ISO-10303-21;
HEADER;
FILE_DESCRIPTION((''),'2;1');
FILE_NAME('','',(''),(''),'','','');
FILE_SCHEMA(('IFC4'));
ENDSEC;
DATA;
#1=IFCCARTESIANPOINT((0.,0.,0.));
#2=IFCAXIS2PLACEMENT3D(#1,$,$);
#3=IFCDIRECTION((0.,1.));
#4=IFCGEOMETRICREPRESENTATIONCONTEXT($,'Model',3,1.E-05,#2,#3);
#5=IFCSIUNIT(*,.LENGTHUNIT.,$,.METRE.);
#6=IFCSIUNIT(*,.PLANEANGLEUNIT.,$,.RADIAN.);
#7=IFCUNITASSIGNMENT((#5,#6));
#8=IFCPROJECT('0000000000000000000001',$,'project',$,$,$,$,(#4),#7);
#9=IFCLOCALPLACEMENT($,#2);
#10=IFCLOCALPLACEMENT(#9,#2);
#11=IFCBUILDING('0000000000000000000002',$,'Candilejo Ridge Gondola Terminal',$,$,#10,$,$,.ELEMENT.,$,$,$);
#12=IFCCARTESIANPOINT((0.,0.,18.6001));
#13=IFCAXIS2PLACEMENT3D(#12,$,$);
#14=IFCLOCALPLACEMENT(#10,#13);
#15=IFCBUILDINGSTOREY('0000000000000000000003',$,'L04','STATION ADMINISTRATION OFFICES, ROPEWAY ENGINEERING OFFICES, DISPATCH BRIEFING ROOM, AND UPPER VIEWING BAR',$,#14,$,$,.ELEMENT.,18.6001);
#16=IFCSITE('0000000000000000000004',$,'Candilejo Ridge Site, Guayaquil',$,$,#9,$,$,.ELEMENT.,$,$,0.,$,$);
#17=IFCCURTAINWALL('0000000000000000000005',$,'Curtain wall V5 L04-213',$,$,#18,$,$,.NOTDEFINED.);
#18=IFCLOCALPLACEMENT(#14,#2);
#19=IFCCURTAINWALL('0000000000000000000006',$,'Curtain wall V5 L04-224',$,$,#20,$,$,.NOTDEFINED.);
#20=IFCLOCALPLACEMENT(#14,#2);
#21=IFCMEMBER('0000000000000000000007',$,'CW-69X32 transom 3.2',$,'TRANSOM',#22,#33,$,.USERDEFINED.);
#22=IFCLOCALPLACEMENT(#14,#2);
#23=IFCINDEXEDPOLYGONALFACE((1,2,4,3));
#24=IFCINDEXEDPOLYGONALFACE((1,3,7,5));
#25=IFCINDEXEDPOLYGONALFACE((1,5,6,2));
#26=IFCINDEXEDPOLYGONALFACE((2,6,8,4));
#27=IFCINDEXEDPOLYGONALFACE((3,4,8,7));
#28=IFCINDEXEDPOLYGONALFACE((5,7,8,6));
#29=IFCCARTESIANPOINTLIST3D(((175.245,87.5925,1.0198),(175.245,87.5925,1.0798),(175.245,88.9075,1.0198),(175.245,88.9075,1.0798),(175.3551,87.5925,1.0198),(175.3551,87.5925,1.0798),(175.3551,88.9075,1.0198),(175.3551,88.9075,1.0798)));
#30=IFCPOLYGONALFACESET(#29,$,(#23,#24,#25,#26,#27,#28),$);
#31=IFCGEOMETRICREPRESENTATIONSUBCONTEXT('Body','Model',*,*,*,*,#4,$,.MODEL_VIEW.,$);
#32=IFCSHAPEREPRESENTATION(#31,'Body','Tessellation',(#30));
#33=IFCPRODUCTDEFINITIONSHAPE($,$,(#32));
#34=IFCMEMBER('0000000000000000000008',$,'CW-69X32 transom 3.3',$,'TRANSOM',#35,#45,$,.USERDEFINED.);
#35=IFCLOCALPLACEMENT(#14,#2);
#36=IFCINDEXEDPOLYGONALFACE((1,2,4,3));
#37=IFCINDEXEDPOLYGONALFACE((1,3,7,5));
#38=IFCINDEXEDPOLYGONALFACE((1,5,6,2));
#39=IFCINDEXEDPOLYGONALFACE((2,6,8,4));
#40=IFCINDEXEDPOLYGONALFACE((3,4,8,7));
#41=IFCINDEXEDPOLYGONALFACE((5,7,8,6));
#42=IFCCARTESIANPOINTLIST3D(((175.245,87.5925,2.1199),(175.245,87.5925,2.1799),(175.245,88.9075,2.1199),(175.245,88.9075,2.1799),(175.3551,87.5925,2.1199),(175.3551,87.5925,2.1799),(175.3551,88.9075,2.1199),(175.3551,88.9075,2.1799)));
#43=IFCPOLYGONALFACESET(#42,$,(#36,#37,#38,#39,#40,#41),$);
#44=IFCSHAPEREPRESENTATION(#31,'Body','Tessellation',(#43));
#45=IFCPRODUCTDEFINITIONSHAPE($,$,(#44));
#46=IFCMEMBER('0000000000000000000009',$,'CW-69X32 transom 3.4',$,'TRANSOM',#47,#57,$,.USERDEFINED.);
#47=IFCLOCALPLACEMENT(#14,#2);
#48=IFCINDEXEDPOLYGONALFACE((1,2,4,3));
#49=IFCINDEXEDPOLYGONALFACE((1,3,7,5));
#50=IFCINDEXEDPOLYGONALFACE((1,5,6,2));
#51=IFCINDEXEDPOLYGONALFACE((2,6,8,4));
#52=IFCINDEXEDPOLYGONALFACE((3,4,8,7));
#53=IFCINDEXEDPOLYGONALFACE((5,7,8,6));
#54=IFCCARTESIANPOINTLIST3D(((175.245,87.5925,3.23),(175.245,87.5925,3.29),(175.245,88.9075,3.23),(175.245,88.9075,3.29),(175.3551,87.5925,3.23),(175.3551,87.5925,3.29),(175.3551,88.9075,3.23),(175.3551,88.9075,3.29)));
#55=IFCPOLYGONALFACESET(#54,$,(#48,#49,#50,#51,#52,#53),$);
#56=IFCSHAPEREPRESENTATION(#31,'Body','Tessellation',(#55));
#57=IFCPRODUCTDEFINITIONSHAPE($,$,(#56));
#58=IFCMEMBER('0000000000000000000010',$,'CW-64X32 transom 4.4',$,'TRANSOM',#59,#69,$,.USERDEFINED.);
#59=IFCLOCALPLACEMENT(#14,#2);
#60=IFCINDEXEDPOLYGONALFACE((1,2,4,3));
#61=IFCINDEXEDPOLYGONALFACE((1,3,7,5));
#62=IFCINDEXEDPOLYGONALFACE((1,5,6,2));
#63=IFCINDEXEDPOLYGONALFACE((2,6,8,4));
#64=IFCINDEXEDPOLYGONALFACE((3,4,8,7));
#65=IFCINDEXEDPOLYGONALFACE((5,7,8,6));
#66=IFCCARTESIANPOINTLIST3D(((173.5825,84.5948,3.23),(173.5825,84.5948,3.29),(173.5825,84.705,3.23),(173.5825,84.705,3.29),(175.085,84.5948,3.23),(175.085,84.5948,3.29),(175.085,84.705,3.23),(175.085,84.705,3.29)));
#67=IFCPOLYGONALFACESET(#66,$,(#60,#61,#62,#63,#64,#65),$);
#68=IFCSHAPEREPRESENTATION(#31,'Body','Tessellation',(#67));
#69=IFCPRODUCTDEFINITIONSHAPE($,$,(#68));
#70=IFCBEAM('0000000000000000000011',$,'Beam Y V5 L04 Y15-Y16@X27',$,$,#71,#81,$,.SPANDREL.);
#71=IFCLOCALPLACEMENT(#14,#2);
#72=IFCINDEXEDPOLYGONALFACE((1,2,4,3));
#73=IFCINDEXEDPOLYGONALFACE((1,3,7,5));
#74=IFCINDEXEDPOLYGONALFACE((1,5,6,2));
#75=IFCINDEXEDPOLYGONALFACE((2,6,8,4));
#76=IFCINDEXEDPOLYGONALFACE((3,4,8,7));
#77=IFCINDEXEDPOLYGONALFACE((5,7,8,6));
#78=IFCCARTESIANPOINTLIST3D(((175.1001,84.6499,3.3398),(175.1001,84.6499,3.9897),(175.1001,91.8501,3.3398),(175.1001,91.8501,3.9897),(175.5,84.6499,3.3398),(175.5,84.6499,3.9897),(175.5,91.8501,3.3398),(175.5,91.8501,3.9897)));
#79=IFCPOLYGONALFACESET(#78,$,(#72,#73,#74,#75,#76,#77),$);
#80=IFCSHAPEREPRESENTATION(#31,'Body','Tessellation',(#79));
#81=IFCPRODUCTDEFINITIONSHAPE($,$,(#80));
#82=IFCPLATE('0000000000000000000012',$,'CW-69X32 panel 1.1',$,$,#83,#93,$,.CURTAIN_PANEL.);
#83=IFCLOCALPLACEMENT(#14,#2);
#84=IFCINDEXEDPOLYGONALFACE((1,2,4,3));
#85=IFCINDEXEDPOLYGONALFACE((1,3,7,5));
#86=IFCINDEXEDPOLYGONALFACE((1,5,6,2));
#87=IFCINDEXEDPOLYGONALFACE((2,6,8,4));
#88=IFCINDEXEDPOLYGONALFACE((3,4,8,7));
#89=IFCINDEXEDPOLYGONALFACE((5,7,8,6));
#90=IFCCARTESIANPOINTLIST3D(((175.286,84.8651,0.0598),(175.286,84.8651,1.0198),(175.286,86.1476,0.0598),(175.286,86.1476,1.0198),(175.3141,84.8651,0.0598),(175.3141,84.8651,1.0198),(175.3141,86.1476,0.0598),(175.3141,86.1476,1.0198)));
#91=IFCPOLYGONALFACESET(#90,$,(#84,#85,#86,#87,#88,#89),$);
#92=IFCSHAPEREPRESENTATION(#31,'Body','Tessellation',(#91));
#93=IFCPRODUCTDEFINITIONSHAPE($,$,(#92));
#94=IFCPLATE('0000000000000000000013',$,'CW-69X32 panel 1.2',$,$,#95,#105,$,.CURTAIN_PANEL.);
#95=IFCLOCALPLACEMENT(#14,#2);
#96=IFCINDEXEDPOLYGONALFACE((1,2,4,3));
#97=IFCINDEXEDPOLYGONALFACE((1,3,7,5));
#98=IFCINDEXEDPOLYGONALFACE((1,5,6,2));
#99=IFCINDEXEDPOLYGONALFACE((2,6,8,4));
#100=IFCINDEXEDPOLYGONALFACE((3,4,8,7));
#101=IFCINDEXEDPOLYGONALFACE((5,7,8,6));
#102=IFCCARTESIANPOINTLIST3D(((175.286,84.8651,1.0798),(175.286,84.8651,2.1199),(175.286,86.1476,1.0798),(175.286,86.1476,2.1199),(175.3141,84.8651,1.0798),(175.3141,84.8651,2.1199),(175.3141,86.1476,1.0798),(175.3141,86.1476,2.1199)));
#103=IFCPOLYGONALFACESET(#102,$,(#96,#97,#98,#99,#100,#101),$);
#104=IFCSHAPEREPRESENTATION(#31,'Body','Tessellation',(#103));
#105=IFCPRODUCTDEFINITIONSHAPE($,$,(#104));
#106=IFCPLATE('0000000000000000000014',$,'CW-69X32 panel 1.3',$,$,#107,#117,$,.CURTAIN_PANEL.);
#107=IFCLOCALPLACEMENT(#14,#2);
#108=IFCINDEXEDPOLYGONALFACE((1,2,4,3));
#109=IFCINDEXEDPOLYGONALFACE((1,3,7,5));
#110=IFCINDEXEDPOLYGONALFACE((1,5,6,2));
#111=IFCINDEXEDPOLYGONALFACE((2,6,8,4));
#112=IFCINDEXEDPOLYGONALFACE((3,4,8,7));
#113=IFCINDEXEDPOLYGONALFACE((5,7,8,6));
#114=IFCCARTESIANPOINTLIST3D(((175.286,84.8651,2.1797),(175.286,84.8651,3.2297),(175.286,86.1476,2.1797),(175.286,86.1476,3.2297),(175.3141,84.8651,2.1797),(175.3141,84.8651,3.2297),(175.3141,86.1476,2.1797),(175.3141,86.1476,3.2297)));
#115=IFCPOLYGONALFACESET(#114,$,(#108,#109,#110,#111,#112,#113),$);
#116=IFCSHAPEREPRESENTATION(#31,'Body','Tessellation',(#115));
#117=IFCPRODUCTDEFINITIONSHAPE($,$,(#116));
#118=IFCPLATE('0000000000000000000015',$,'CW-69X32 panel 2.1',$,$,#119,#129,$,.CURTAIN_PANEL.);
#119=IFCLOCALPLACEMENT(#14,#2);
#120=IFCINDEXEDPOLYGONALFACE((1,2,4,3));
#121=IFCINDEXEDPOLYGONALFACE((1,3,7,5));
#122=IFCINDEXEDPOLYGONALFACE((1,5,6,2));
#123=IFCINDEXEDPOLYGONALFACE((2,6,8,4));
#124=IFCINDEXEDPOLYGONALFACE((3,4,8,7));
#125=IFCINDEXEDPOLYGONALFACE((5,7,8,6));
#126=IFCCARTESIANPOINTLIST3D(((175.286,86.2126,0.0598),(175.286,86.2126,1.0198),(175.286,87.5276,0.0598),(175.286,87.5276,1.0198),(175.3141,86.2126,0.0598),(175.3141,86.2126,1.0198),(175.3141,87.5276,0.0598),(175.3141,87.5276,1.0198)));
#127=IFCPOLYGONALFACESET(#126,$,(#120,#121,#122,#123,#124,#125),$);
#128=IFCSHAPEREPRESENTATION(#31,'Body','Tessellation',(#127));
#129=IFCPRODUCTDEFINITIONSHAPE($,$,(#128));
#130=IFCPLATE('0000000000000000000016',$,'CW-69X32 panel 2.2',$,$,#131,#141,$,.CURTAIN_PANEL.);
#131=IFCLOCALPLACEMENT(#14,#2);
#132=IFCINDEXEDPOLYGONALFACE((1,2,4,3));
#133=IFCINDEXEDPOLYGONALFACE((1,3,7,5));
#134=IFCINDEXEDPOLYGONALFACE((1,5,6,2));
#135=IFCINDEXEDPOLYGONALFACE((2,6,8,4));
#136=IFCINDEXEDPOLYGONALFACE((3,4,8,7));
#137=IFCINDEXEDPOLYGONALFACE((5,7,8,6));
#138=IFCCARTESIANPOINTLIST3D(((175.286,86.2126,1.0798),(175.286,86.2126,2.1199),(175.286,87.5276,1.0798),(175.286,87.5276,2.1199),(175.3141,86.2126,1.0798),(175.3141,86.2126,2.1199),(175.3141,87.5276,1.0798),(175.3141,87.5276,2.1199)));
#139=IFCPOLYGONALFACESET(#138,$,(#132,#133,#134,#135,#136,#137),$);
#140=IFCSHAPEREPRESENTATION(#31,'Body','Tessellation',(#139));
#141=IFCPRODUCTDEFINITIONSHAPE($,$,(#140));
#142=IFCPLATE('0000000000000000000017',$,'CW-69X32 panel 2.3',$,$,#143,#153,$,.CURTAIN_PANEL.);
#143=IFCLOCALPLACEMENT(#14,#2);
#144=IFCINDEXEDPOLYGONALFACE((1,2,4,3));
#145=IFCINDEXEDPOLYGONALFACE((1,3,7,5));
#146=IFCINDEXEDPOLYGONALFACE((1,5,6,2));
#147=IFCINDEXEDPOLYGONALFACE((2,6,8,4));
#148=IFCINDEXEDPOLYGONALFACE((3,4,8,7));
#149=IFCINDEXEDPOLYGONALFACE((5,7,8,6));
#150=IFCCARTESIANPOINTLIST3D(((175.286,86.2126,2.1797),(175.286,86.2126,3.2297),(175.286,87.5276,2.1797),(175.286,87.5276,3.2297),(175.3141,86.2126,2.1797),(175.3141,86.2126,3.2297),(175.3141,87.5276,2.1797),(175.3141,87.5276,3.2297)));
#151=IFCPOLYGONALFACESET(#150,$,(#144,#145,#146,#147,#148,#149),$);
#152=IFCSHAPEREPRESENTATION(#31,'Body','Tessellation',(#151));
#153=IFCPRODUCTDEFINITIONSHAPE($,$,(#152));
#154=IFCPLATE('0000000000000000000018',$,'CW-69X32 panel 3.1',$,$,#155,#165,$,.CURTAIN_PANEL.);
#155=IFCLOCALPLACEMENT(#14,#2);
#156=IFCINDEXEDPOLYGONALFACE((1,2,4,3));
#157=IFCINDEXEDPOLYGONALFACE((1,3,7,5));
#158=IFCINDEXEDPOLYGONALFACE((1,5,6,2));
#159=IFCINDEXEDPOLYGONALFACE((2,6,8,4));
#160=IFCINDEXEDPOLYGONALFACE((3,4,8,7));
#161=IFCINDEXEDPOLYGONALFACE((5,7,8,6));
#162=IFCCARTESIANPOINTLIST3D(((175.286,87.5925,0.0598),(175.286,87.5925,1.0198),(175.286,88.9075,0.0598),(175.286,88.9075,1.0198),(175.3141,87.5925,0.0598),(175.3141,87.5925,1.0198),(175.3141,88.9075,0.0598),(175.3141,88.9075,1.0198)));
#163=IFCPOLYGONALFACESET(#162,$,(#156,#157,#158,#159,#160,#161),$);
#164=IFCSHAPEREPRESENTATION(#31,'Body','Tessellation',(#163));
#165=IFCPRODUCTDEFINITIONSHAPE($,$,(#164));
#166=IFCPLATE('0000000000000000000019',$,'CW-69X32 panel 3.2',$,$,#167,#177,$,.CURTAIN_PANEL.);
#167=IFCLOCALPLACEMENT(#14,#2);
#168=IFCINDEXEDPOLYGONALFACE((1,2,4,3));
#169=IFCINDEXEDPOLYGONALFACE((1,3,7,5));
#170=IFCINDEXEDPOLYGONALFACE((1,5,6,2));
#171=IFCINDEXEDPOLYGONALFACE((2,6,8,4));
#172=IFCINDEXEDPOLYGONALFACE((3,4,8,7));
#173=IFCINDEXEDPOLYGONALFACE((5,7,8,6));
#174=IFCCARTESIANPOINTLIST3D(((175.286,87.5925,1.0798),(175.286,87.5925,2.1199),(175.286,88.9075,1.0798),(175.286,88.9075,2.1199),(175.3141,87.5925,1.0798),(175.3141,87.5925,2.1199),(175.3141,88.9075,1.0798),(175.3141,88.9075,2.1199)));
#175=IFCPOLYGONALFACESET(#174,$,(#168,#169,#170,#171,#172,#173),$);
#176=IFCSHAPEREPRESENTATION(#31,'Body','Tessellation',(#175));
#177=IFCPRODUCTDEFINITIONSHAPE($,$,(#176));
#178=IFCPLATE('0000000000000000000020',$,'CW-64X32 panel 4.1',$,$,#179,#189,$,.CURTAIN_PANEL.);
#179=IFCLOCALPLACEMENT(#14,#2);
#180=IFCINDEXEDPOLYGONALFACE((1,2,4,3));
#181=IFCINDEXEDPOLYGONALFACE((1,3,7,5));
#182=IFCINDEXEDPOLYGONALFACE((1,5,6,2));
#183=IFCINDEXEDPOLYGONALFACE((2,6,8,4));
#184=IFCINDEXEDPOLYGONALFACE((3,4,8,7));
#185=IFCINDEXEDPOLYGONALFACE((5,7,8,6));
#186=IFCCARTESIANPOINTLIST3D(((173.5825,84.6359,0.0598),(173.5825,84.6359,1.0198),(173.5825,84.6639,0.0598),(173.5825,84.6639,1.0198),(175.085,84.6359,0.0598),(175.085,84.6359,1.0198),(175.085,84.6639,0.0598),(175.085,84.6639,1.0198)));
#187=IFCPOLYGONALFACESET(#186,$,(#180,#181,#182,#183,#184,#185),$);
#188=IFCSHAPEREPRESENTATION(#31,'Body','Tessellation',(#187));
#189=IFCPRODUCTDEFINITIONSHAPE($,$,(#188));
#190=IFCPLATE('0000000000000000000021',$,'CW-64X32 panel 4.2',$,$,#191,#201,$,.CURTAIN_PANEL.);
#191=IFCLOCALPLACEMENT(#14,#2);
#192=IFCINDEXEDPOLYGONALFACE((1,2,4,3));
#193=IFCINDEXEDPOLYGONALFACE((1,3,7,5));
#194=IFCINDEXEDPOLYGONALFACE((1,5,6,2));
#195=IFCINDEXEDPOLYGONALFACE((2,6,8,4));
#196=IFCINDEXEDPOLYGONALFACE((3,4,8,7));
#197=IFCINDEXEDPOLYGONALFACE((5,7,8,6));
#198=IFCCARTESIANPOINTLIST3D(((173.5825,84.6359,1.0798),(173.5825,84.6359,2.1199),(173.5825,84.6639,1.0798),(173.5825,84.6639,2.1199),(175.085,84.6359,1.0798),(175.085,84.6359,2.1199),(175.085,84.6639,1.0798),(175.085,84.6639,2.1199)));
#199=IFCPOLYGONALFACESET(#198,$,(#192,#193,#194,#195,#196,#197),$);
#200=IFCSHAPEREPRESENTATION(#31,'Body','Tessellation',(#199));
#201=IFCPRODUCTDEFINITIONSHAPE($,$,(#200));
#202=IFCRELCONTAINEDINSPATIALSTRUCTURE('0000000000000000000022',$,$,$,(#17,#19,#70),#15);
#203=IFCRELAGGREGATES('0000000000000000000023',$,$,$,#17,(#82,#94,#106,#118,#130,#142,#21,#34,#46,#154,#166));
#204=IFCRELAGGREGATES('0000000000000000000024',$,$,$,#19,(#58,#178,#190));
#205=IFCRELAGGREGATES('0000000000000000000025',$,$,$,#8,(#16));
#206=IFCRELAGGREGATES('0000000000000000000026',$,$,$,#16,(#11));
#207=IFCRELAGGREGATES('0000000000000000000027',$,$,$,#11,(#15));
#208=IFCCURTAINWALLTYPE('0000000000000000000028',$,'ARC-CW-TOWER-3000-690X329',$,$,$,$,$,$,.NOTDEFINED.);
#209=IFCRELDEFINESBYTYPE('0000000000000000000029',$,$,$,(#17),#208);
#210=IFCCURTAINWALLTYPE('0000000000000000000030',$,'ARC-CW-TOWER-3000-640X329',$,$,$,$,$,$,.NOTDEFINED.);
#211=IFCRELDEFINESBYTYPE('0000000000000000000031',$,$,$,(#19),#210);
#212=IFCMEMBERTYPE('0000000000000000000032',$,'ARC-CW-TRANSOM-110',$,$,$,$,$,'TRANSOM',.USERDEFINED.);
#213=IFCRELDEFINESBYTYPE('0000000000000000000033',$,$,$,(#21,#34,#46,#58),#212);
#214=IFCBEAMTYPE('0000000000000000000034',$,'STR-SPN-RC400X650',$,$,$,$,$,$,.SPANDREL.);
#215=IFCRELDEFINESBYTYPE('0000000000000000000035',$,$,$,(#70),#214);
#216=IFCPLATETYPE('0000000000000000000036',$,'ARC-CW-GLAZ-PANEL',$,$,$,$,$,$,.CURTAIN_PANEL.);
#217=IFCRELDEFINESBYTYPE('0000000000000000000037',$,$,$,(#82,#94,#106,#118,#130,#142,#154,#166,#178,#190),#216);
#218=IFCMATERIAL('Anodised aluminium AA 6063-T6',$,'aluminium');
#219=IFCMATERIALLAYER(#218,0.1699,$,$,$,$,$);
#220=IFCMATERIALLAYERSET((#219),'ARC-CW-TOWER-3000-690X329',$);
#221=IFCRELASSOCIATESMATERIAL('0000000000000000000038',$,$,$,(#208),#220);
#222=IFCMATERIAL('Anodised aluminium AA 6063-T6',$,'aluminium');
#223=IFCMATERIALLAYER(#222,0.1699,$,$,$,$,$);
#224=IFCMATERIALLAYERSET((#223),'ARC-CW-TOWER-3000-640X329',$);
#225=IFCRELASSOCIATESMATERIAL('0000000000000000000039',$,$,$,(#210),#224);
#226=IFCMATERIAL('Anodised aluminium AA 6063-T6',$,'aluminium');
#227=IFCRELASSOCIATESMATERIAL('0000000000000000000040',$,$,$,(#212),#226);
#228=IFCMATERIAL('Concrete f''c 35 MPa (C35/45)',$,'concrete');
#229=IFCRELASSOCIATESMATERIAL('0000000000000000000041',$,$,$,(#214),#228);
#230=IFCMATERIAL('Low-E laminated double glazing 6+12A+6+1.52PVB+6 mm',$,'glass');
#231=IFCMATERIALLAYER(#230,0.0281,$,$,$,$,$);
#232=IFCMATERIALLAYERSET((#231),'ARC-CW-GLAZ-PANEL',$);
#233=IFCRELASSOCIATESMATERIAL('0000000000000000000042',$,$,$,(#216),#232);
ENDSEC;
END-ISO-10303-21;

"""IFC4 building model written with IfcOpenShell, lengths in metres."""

from ifc_helpers import new_model, si_unit, direction, frame, origin, origin_2d, place, context, subcontext, project, spatial, rectangle, extrude, material, layer, layer_set, material_profile, profile_set, type_object, element, aggregate, save


model = new_model("IFC4")

# Units and contexts
model_context = context("Model", 3, precision=1e-05, world=origin(), true_north=direction((0.0, 1.0)))
body_context = subcontext(model_context, "Body", "Model", "MODEL_VIEW")
ifc_project = project(units=[si_unit("LENGTHUNIT", "METRE"), si_unit("PLANEANGLEUNIT", "RADIAN")], contexts=[model_context])

# Site, building, storey
site_placement = place(None, origin())
site = spatial("IfcSite", under=ifc_project, at=site_placement, Name="Candilejo Ridge Site, Guayaquil", CompositionType="ELEMENT", RefElevation=0.0)
building_placement = place(site_placement, origin())
building = spatial("IfcBuilding", under=site, at=building_placement, Name="Candilejo Ridge Gondola Terminal", CompositionType="ELEMENT")
storey_placement = place(building_placement, frame((0.0, 0.0, 18.6001)))
storey = spatial("IfcBuildingStorey", under=building, at=storey_placement, Name="L04", Description="STATION ADMINISTRATION OFFICES, ROPEWAY ENGINEERING OFFICES, DISPATCH BRIEFING ROOM, AND UPPER VIEWING BAR", CompositionType="ELEMENT", Elevation=18.6001)

# Curtain wall
ifc_material_1 = material(Name="Anodised aluminium AA 6063-T6", Category="aluminium")
ifc_layer_1 = layer(ifc_material_1, 0.1699)
ifc_layer_set_1 = layer_set([ifc_layer_1], Name="ARC-CW-TOWER-3000-690X329")
curtain_wall_type_1 = type_object("IfcCurtainWallType", Name="ARC-CW-TOWER-3000-690X329", PredefinedType="NOTDEFINED", material=ifc_layer_set_1)
curtain_wall_1_placement = place(storey_placement, origin())
curtain_wall_1 = element("IfcCurtainWall", 1, at=curtain_wall_1_placement, inside=storey, type_object=curtain_wall_type_1, Name="Curtain wall V5 L04-213", PredefinedType="NOTDEFINED")

# Curtain wall
ifc_material_2 = material(Name="Anodised aluminium AA 6063-T6", Category="aluminium")
ifc_layer_2 = layer(ifc_material_2, 0.1699)
ifc_layer_set_2 = layer_set([ifc_layer_2], Name="ARC-CW-TOWER-3000-640X329")
curtain_wall_type_2 = type_object("IfcCurtainWallType", Name="ARC-CW-TOWER-3000-640X329", PredefinedType="NOTDEFINED", material=ifc_layer_set_2)
curtain_wall_2_placement = place(storey_placement, origin())
curtain_wall_2 = element("IfcCurtainWall", 2, at=curtain_wall_2_placement, inside=storey, type_object=curtain_wall_type_2, Name="Curtain wall V5 L04-224", PredefinedType="NOTDEFINED")

# Members
ifc_material_3 = material(Name="Anodised aluminium AA 6063-T6", Category="aluminium")
ifc_material_profile_1 = material_profile(ifc_material_3, rectangle(XDim=0.1101, YDim=0.0601, at=origin_2d()))
ifc_profile_set_1 = profile_set([ifc_material_profile_1], Name="Anodised aluminium AA 6063-T6")
member_type_1 = type_object("IfcMemberType", Name="ARC-CW-TRANSOM-110", ElementType="TRANSOM", PredefinedType="USERDEFINED", material=ifc_profile_set_1)
member_1_placement = place(storey_placement, frame((175.3, 87.5925, 1.0498), z_axis=(0.0, 1.0, 0.0), x_axis=(-1.0, 0.0, 0.0)))
member_1 = element("IfcMember", 3, at=member_1_placement, type_object=member_type_1, Name="CW-69X32 transom 3.2", ObjectType="TRANSOM", PredefinedType="USERDEFINED", context=body_context, shape_type="SweptSolid", body=[
    extrude(rectangle(XDim=0.1101, YDim=0.0601, at=origin_2d()), origin(), (0.0, 0.0, 1.0), 1.3149),
])
member_2_placement = place(storey_placement, frame((175.3, 87.5925, 2.1499), z_axis=(0.0, 1.0, 0.0), x_axis=(-1.0, 0.0, 0.0)))
member_2 = element("IfcMember", 4, at=member_2_placement, type_object=member_type_1, Name="CW-69X32 transom 3.3", ObjectType="TRANSOM", PredefinedType="USERDEFINED", context=body_context, shape_type="SweptSolid", body=[
    extrude(rectangle(XDim=0.1101, YDim=0.0601, at=origin_2d()), origin(), (0.0, 0.0, 1.0), 1.3149),
])
member_3_placement = place(storey_placement, frame((175.3, 87.5925, 3.26), z_axis=(0.0, 1.0, 0.0), x_axis=(-1.0, 0.0, 0.0)))
member_3 = element("IfcMember", 5, at=member_3_placement, type_object=member_type_1, Name="CW-69X32 transom 3.4", ObjectType="TRANSOM", PredefinedType="USERDEFINED", context=body_context, shape_type="SweptSolid", body=[
    extrude(rectangle(XDim=0.1101, YDim=0.0601, at=origin_2d()), origin(), (0.0, 0.0, 1.0), 1.3149),
])
member_4_placement = place(storey_placement, frame((173.5825, 84.6499, 3.26), z_axis=(1.0, 0.0, 0.0), x_axis=(0.0, 1.0, 0.0)))
member_4 = element("IfcMember", 6, at=member_4_placement, type_object=member_type_1, Name="CW-64X32 transom 4.4", ObjectType="TRANSOM", PredefinedType="USERDEFINED", context=body_context, shape_type="SweptSolid", body=[
    extrude(rectangle(XDim=0.1101, YDim=0.0601, at=origin_2d()), origin(), (0.0, 0.0, 1.0), 1.5024),
])

# Beam
ifc_material_4 = material(Name="Concrete f'c 35 MPa (C35/45)", Category="concrete")
ifc_material_profile_2 = material_profile(ifc_material_4, rectangle(XDim=0.3999, YDim=0.6499, at=origin_2d()))
ifc_profile_set_2 = profile_set([ifc_material_profile_2], Name="Concrete f'c 35 MPa (C35/45)")
beam_type = type_object("IfcBeamType", Name="STR-SPN-RC400X650", PredefinedType="SPANDREL", material=ifc_profile_set_2)
beam_placement = place(storey_placement, frame((175.3, 84.6499, 3.6648), z_axis=(0.0, 1.0, 0.0), x_axis=(-1.0, 0.0, 0.0)))
element("IfcBeam", 7, at=beam_placement, inside=storey, type_object=beam_type, Name="Beam Y V5 L04 Y15-Y16@X27", PredefinedType="SPANDREL", context=body_context, shape_type="SweptSolid", body=[
    extrude(rectangle(XDim=0.3999, YDim=0.6499, at=origin_2d()), origin(), (0.0, 0.0, 1.0), 7.2002),
])

# Plates
ifc_material_5 = material(Name="Low-E laminated double glazing 6+12A+6+1.52PVB+6 mm", Category="glass")
ifc_layer_3 = layer(ifc_material_5, 0.0281)
ifc_layer_set_3 = layer_set([ifc_layer_3], Name="ARC-CW-GLAZ-PANEL")
plate_type = type_object("IfcPlateType", Name="ARC-CW-GLAZ-PANEL", PredefinedType="CURTAIN_PANEL", material=ifc_layer_set_3)
plate_1_placement = place(storey_placement, frame((175.3, 85.5063, 0.0598), z_axis=(0.0, 0.0, 1.0), x_axis=(0.0, 1.0, 0.0)))
plate_1 = element("IfcPlate", 8, at=plate_1_placement, type_object=plate_type, Name="CW-69X32 panel 1.1", PredefinedType="CURTAIN_PANEL", context=body_context, shape_type="SweptSolid", body=[
    extrude(rectangle(XDim=1.2825, YDim=0.0281, at=origin_2d()), origin(), (0.0, 0.0, 1.0), 0.96),
])
plate_2_placement = place(storey_placement, frame((175.3, 85.5063, 1.0798), z_axis=(0.0, 0.0, 1.0), x_axis=(0.0, 1.0, 0.0)))
plate_2 = element("IfcPlate", 9, at=plate_2_placement, type_object=plate_type, Name="CW-69X32 panel 1.2", PredefinedType="CURTAIN_PANEL", context=body_context, shape_type="SweptSolid", body=[
    extrude(rectangle(XDim=1.2825, YDim=0.0281, at=origin_2d()), origin(), (0.0, 0.0, 1.0), 1.04),
])
plate_3_placement = place(storey_placement, frame((175.3, 85.5063, 2.1797), z_axis=(0.0, 0.0, 1.0), x_axis=(0.0, 1.0, 0.0)))
plate_3 = element("IfcPlate", 10, at=plate_3_placement, type_object=plate_type, Name="CW-69X32 panel 1.3", PredefinedType="CURTAIN_PANEL", context=body_context, shape_type="SweptSolid", body=[
    extrude(rectangle(XDim=1.2825, YDim=0.0281, at=origin_2d()), origin(), (0.0, 0.0, 1.0), 1.05),
])
plate_4_placement = place(storey_placement, frame((175.3, 86.8701, 0.0598), z_axis=(0.0, 0.0, 1.0), x_axis=(0.0, 1.0, 0.0)))
plate_4 = element("IfcPlate", 11, at=plate_4_placement, type_object=plate_type, Name="CW-69X32 panel 2.1", PredefinedType="CURTAIN_PANEL", context=body_context, shape_type="SweptSolid", body=[
    extrude(rectangle(XDim=1.3149, YDim=0.0281, at=origin_2d()), origin(), (0.0, 0.0, 1.0), 0.96),
])
plate_5_placement = place(storey_placement, frame((175.3, 86.8701, 1.0798), z_axis=(0.0, 0.0, 1.0), x_axis=(0.0, 1.0, 0.0)))
plate_5 = element("IfcPlate", 12, at=plate_5_placement, type_object=plate_type, Name="CW-69X32 panel 2.2", PredefinedType="CURTAIN_PANEL", context=body_context, shape_type="SweptSolid", body=[
    extrude(rectangle(XDim=1.3149, YDim=0.0281, at=origin_2d()), origin(), (0.0, 0.0, 1.0), 1.04),
])
plate_6_placement = place(storey_placement, frame((175.3, 86.8701, 2.1797), z_axis=(0.0, 0.0, 1.0), x_axis=(0.0, 1.0, 0.0)))
plate_6 = element("IfcPlate", 13, at=plate_6_placement, type_object=plate_type, Name="CW-69X32 panel 2.3", PredefinedType="CURTAIN_PANEL", context=body_context, shape_type="SweptSolid", body=[
    extrude(rectangle(XDim=1.3149, YDim=0.0281, at=origin_2d()), origin(), (0.0, 0.0, 1.0), 1.05),
])
plate_7_placement = place(storey_placement, frame((175.3, 88.25, 0.0598), z_axis=(0.0, 0.0, 1.0), x_axis=(0.0, 1.0, 0.0)))
plate_7 = element("IfcPlate", 14, at=plate_7_placement, type_object=plate_type, Name="CW-69X32 panel 3.1", PredefinedType="CURTAIN_PANEL", context=body_context, shape_type="SweptSolid", body=[
    extrude(rectangle(XDim=1.3149, YDim=0.0281, at=origin_2d()), origin(), (0.0, 0.0, 1.0), 0.96),
])
plate_8_placement = place(storey_placement, frame((175.3, 88.25, 1.0798), z_axis=(0.0, 0.0, 1.0), x_axis=(0.0, 1.0, 0.0)))
plate_8 = element("IfcPlate", 15, at=plate_8_placement, type_object=plate_type, Name="CW-69X32 panel 3.2", PredefinedType="CURTAIN_PANEL", context=body_context, shape_type="SweptSolid", body=[
    extrude(rectangle(XDim=1.3149, YDim=0.0281, at=origin_2d()), origin(), (0.0, 0.0, 1.0), 1.04),
])
aggregate(curtain_wall_1, [plate_1, plate_2, plate_3, plate_4, plate_5, plate_6, member_1, member_2, member_3, plate_7, plate_8])
plate_9_placement = place(storey_placement, frame((174.3337, 84.6499, 0.0598), z_axis=(0.0, 0.0, 1.0), x_axis=(1.0, 0.0, 0.0)))
plate_9 = element("IfcPlate", 16, at=plate_9_placement, type_object=plate_type, Name="CW-64X32 panel 4.1", PredefinedType="CURTAIN_PANEL", context=body_context, shape_type="SweptSolid", body=[
    extrude(rectangle(XDim=1.5024, YDim=0.0281, at=origin_2d()), origin(), (0.0, 0.0, 1.0), 0.96),
])
plate_10_placement = place(storey_placement, frame((174.3337, 84.6499, 1.0798), z_axis=(0.0, 0.0, 1.0), x_axis=(1.0, 0.0, 0.0)))
plate_10 = element("IfcPlate", 17, at=plate_10_placement, type_object=plate_type, Name="CW-64X32 panel 4.2", PredefinedType="CURTAIN_PANEL", context=body_context, shape_type="SweptSolid", body=[
    extrude(rectangle(XDim=1.5024, YDim=0.0281, at=origin_2d()), origin(), (0.0, 0.0, 1.0), 1.04),
])
aggregate(curtain_wall_2, [member_4, plate_9, plate_10])

save(model, "model.ifc")
